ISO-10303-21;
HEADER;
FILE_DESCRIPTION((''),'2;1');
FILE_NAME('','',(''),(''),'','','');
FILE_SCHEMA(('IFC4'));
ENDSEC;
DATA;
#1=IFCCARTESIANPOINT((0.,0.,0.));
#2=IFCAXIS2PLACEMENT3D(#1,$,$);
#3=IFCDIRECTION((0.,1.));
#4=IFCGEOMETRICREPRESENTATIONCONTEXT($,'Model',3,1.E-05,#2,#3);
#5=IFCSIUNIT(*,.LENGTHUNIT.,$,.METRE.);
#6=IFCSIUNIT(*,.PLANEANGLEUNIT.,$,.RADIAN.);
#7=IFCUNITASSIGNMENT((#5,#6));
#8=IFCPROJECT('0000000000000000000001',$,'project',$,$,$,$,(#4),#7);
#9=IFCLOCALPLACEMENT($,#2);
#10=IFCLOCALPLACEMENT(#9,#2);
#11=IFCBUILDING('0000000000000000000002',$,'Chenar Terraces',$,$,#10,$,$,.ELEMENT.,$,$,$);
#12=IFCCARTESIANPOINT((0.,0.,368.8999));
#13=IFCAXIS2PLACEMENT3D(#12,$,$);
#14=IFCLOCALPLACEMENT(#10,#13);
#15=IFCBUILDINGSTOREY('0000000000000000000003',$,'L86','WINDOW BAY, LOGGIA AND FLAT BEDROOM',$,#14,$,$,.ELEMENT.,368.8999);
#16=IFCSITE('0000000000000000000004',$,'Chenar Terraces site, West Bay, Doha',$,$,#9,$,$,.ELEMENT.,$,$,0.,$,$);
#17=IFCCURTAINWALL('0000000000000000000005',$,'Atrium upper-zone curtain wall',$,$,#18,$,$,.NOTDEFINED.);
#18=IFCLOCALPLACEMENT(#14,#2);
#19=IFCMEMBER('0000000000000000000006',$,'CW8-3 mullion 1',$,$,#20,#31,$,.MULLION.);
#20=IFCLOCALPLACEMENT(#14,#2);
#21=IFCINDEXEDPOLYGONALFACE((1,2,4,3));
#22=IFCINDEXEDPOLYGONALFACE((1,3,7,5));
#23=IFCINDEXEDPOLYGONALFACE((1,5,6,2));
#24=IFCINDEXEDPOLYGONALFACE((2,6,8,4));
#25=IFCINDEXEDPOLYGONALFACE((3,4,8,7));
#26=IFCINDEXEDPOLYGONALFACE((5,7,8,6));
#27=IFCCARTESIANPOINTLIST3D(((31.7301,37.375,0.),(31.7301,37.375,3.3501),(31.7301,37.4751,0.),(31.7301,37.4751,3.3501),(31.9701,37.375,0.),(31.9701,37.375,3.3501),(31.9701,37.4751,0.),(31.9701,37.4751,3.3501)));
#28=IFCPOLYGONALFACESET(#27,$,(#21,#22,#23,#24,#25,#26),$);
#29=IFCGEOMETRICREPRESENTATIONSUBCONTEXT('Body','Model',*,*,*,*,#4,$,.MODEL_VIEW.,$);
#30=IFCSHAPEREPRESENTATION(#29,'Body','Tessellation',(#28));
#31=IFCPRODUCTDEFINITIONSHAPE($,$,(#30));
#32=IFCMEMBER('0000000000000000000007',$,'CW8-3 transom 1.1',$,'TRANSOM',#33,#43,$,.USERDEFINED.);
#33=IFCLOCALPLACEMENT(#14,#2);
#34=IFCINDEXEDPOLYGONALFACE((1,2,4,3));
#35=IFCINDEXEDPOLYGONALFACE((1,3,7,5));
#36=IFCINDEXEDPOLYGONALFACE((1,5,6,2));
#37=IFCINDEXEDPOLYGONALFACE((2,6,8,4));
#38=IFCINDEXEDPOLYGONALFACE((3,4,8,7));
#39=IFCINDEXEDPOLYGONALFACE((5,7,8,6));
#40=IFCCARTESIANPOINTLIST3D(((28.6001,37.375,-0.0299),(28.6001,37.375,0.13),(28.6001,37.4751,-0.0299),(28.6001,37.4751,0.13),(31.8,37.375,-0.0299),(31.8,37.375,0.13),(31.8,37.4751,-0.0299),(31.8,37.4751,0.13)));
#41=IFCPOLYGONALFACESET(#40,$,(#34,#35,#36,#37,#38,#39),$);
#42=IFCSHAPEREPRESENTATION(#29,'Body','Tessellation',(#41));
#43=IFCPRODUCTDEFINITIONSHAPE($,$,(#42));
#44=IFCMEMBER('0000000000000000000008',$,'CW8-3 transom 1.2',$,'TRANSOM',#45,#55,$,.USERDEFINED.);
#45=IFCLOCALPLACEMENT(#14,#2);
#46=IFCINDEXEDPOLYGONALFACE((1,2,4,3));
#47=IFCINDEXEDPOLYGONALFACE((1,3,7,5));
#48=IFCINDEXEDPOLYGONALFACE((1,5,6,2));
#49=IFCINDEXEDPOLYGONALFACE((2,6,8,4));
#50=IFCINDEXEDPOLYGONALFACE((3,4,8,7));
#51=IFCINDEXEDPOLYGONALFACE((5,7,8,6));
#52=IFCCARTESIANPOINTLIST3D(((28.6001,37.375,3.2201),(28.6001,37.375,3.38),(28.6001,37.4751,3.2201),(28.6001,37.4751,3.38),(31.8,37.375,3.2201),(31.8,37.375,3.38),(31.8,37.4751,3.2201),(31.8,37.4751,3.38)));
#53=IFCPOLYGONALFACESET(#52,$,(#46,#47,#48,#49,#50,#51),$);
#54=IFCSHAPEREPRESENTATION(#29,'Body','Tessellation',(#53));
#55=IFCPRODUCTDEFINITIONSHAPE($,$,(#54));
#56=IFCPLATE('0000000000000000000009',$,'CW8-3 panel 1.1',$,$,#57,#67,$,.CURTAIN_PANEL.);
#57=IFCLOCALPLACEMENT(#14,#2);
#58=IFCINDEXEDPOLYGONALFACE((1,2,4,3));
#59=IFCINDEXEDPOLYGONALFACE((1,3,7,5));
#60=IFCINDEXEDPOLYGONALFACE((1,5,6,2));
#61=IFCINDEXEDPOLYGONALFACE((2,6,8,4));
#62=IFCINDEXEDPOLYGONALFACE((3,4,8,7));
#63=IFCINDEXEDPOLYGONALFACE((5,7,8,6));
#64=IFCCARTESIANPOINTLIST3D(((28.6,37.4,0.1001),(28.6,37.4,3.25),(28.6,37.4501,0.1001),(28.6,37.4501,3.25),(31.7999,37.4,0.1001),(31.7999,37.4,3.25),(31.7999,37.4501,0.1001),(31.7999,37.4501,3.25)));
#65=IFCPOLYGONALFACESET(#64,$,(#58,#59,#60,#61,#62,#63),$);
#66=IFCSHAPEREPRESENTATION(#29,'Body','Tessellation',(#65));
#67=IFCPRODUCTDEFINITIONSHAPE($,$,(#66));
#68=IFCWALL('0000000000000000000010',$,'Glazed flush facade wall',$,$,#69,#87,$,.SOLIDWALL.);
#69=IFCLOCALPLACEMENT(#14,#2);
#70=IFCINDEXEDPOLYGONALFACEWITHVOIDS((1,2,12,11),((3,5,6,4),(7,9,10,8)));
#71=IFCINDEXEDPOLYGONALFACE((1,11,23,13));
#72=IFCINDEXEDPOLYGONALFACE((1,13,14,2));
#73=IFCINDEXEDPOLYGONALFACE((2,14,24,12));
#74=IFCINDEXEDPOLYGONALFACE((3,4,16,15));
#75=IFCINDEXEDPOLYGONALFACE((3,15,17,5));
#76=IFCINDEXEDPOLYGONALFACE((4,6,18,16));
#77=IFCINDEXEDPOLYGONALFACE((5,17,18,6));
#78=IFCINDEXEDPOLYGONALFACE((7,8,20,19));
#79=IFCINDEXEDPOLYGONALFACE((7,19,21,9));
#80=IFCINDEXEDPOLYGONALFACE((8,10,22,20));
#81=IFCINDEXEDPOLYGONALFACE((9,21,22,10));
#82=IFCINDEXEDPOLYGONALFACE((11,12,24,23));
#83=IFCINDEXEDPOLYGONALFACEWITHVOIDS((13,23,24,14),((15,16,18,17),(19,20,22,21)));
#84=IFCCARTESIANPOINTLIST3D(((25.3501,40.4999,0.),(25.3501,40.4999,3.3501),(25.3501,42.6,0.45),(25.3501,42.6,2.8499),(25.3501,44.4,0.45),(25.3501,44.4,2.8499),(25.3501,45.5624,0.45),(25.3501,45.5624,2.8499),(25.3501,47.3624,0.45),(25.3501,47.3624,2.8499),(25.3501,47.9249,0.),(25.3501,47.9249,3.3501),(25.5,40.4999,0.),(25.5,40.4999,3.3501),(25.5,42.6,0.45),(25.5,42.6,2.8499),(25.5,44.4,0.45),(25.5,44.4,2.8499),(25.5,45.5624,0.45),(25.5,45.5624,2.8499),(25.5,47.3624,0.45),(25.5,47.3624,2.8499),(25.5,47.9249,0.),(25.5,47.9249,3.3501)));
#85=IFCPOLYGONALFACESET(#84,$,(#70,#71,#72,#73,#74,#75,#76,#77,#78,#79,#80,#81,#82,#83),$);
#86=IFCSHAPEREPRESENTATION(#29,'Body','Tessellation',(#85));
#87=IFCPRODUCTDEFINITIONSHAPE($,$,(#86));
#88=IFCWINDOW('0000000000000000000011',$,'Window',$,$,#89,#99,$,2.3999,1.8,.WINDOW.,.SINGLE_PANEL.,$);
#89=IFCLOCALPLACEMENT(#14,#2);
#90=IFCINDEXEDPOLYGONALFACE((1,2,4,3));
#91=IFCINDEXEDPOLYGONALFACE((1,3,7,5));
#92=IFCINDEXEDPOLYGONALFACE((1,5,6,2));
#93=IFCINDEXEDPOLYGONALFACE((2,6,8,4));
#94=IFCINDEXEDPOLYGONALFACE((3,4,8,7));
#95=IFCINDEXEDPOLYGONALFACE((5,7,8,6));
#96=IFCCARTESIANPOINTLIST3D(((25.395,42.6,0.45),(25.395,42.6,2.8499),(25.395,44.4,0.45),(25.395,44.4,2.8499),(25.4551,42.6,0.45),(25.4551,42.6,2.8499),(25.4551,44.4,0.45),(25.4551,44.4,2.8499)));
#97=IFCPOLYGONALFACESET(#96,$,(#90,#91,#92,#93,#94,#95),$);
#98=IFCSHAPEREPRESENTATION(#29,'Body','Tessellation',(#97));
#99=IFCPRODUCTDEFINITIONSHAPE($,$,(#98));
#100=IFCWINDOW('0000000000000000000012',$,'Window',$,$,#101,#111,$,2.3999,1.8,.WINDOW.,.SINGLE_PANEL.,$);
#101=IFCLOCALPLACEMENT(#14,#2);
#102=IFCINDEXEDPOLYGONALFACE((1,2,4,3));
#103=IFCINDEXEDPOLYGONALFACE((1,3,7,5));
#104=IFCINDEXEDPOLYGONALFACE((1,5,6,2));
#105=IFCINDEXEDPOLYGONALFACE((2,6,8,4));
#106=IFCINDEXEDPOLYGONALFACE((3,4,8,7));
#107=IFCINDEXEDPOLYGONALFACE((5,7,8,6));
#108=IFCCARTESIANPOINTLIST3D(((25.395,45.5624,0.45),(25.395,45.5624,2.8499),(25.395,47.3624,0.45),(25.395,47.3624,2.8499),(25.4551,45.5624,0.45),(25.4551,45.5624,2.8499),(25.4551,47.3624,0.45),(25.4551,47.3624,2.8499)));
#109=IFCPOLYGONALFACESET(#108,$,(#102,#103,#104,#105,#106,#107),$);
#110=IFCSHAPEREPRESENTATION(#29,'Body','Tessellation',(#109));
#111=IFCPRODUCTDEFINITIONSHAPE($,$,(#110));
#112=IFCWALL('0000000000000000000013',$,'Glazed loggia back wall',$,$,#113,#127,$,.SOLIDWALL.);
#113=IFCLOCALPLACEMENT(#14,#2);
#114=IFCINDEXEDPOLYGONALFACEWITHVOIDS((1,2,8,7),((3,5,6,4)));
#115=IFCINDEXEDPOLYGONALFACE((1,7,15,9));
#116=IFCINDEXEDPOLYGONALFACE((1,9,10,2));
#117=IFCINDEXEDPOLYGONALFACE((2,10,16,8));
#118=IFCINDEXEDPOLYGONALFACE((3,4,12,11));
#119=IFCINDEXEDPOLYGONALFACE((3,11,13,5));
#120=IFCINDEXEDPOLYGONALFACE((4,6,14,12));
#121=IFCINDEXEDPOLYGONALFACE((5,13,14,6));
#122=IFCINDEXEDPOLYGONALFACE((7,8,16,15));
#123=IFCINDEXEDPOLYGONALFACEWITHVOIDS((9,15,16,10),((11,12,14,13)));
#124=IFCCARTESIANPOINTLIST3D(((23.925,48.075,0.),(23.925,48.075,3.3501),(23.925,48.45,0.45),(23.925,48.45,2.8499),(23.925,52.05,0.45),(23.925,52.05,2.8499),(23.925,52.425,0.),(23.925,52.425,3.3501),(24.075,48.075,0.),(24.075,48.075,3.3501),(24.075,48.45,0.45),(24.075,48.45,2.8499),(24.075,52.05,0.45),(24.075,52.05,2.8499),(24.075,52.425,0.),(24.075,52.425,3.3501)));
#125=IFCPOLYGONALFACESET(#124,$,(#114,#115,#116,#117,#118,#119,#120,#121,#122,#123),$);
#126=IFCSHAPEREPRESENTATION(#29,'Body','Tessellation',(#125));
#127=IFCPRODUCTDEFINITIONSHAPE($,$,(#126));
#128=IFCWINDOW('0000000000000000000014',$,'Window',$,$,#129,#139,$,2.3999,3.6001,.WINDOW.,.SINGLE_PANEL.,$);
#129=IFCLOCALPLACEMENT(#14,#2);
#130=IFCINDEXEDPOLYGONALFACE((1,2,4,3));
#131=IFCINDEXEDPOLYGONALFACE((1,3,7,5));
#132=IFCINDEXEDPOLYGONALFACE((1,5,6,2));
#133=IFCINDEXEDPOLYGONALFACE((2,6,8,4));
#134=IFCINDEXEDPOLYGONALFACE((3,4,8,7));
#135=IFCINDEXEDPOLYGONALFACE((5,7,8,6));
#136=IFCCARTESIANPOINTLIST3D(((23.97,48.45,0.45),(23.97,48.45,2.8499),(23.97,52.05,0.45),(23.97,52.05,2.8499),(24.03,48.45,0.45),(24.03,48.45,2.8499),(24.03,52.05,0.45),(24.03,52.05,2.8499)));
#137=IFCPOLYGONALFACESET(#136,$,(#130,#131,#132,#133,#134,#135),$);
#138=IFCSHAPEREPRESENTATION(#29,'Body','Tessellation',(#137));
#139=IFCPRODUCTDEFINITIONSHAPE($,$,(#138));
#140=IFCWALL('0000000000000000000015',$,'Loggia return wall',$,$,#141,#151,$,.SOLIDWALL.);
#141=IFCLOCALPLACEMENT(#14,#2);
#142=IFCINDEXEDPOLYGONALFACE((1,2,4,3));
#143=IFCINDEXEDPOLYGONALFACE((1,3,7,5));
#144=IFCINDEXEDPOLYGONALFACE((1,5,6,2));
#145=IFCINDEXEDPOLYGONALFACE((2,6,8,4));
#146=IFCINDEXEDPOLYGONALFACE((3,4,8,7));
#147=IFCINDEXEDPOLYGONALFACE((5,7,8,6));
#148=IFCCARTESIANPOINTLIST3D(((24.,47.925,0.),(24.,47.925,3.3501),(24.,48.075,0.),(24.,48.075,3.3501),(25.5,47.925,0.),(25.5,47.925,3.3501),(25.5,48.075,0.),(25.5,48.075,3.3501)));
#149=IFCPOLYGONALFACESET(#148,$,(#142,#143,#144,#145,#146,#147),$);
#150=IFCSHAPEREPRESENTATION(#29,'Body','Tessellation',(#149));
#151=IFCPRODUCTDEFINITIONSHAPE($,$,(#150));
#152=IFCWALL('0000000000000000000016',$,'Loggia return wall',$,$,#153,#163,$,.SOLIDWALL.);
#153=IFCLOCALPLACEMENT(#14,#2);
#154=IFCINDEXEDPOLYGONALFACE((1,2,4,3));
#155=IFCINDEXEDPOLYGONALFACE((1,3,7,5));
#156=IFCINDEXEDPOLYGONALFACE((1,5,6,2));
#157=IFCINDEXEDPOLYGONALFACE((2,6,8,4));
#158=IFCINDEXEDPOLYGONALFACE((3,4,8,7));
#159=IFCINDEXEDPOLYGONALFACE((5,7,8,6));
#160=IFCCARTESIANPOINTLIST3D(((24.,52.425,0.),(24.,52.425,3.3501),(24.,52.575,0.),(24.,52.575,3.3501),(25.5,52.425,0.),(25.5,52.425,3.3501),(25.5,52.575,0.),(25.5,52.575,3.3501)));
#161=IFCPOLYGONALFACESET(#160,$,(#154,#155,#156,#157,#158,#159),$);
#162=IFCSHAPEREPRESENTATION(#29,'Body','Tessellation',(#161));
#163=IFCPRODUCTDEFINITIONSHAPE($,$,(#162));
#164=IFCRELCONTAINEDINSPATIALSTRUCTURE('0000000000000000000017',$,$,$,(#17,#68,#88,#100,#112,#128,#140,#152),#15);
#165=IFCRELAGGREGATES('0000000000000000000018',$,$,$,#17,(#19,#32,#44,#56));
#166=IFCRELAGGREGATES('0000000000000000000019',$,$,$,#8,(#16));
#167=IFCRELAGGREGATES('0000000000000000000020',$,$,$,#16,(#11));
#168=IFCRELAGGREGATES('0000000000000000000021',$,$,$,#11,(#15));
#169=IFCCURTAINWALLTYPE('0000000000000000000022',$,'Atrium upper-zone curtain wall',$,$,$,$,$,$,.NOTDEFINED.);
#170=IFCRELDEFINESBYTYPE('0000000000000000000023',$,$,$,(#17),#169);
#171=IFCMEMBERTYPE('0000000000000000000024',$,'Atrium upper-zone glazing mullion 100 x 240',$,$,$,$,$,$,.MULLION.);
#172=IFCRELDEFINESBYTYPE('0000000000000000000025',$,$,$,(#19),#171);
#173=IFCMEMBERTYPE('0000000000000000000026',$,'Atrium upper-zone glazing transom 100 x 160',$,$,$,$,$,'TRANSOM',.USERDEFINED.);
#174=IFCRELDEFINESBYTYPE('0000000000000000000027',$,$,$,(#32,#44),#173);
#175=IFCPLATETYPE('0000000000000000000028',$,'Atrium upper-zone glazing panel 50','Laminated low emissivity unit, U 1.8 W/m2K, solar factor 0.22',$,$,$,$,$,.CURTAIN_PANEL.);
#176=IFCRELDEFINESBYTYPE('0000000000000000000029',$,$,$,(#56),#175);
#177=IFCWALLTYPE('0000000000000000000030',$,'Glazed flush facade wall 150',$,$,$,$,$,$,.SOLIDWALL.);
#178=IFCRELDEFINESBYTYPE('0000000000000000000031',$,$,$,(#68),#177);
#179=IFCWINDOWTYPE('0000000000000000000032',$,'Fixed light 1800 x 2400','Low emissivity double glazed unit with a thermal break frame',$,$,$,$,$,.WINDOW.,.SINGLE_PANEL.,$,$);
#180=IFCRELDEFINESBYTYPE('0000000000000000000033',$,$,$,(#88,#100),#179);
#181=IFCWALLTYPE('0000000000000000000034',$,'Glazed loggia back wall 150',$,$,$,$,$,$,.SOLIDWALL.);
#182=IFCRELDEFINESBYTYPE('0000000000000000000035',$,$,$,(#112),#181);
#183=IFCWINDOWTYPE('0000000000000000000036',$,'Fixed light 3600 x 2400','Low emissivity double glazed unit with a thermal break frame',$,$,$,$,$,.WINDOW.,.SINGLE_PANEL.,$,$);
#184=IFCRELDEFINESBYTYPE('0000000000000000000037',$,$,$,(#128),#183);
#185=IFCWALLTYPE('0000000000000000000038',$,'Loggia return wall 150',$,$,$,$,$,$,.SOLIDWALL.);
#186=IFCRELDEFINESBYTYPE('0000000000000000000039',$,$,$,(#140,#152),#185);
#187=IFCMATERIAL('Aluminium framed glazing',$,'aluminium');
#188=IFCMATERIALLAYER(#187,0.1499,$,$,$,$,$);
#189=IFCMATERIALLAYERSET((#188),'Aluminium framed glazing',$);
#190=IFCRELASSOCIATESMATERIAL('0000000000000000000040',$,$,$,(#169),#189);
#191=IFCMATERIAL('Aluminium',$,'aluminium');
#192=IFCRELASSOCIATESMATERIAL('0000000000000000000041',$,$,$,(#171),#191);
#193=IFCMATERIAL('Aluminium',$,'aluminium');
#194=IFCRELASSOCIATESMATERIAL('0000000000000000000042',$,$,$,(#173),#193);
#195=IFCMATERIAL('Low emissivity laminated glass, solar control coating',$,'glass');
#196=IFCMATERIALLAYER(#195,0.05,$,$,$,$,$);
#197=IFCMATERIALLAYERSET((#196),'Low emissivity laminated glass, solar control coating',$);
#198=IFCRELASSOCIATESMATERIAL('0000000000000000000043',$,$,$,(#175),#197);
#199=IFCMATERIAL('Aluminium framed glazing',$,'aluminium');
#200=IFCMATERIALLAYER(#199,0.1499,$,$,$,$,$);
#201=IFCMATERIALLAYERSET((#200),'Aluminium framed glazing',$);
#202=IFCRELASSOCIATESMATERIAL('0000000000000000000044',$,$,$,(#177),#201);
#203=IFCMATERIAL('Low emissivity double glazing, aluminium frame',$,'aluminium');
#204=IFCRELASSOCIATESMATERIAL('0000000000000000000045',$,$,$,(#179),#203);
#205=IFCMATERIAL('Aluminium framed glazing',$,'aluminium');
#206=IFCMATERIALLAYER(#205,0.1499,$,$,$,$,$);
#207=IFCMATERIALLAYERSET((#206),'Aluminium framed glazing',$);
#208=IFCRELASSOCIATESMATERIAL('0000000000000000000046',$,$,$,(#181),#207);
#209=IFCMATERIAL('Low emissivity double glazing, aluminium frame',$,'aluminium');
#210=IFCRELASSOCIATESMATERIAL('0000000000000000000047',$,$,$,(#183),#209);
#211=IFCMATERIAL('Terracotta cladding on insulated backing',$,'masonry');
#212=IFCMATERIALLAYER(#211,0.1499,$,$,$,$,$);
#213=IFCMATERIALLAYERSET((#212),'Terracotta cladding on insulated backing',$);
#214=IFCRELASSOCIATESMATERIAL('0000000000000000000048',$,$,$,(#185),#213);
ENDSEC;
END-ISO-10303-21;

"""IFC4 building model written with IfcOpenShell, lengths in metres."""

from ifc_helpers import new_model, si_unit, direction, frame, frame_2d, origin, origin_2d, place, context, subcontext, project, spatial, rectangle, extrude, material, layer, layer_set, material_profile, profile_set, type_object, element, fill, aggregate, save


model = new_model("IFC4")

# Units and contexts
model_context = context("Model", 3, precision=1e-05, world=origin(), true_north=direction((0.0, 1.0)))
body_context = subcontext(model_context, "Body", "Model", "MODEL_VIEW")
ifc_project = project(units=[si_unit("LENGTHUNIT", "METRE"), si_unit("PLANEANGLEUNIT", "RADIAN")], contexts=[model_context])

# Site, building, storey
site_placement = place(None, origin())
site = spatial("IfcSite", under=ifc_project, at=site_placement, Name="Chenar Terraces site, West Bay, Doha", CompositionType="ELEMENT", RefElevation=0.0)
building_placement = place(site_placement, origin())
building = spatial("IfcBuilding", under=site, at=building_placement, Name="Chenar Terraces", CompositionType="ELEMENT")
storey_placement = place(building_placement, frame((0.0, 0.0, 368.8999)))
storey = spatial("IfcBuildingStorey", under=building, at=storey_placement, Name="L86", Description="WINDOW BAY, LOGGIA AND FLAT BEDROOM", CompositionType="ELEMENT", Elevation=368.8999)

# Curtain wall, members, plate
ifc_material_1 = material(Name="Aluminium framed glazing", Category="aluminium")
ifc_layer_1 = layer(ifc_material_1, 0.1499)
ifc_layer_set_1 = layer_set([ifc_layer_1], Name="Aluminium framed glazing")
curtain_wall_type = type_object("IfcCurtainWallType", Name="Atrium upper-zone curtain wall", PredefinedType="NOTDEFINED", material=ifc_layer_set_1)
curtain_wall_placement = place(storey_placement, origin())
curtain_wall = element("IfcCurtainWall", 1, at=curtain_wall_placement, inside=storey, type_object=curtain_wall_type, Name="Atrium upper-zone curtain wall", PredefinedType="NOTDEFINED")
ifc_material_2 = material(Name="Aluminium", Category="aluminium")
ifc_material_profile_1 = material_profile(ifc_material_2, rectangle(XDim=0.1001, YDim=0.24, at=origin_2d()), Name="Atrium upper-zone glazing mullion 100 x 240")
ifc_profile_set_1 = profile_set([ifc_material_profile_1], Name="Aluminium")
member_type_1 = type_object("IfcMemberType", Name="Atrium upper-zone glazing mullion 100 x 240", PredefinedType="MULLION", material=ifc_profile_set_1)
member_1_placement = place(storey_placement, frame((31.8501, 37.425, 0.0), z_axis=(0.0, 0.0, 1.0), x_axis=(0.0, -1.0, 0.0)))
member_1 = element("IfcMember", 2, at=member_1_placement, type_object=member_type_1, Name="CW8-3 mullion 1", PredefinedType="MULLION", context=body_context, shape_type="SweptSolid", body=[
    extrude(rectangle(XDim=0.1001, YDim=0.24, at=origin_2d()), origin(), (0.0, 0.0, 1.0), 3.3501),
])
ifc_material_3 = material(Name="Aluminium", Category="aluminium")
ifc_material_profile_2 = material_profile(ifc_material_3, rectangle(XDim=0.1001, YDim=0.1599, at=origin_2d()), Name="Atrium upper-zone glazing transom 100 x 160")
ifc_profile_set_2 = profile_set([ifc_material_profile_2], Name="Aluminium")
member_type_2 = type_object("IfcMemberType", Name="Atrium upper-zone glazing transom 100 x 160", ElementType="TRANSOM", PredefinedType="USERDEFINED", material=ifc_profile_set_2)
member_2_placement = place(storey_placement, frame((31.8, 37.425, 0.05), z_axis=(-1.0, 0.0, 0.0), x_axis=(0.0, -1.0, 0.0)))
member_2 = element("IfcMember", 3, at=member_2_placement, type_object=member_type_2, Name="CW8-3 transom 1.1", ObjectType="TRANSOM", PredefinedType="USERDEFINED", context=body_context, shape_type="SweptSolid", body=[
    extrude(rectangle(XDim=0.1001, YDim=0.1599, at=origin_2d()), origin(), (0.0, 0.0, 1.0), 3.2),
])
member_3_placement = place(storey_placement, frame((31.8, 37.425, 3.3), z_axis=(-1.0, 0.0, 0.0), x_axis=(0.0, -1.0, 0.0)))
member_3 = element("IfcMember", 4, at=member_3_placement, type_object=member_type_2, Name="CW8-3 transom 1.2", ObjectType="TRANSOM", PredefinedType="USERDEFINED", context=body_context, shape_type="SweptSolid", body=[
    extrude(rectangle(XDim=0.1001, YDim=0.1599, at=origin_2d()), origin(), (0.0, 0.0, 1.0), 3.2),
])
ifc_material_4 = material(Name="Low emissivity laminated glass, solar control coating", Category="glass")
ifc_layer_2 = layer(ifc_material_4, 0.05)
ifc_layer_set_2 = layer_set([ifc_layer_2], Name="Low emissivity laminated glass, solar control coating")
plate_type = type_object("IfcPlateType", Name="Atrium upper-zone glazing panel 50", Description="Laminated low emissivity unit, U 1.8 W/m2K, solar factor 0.22", PredefinedType="CURTAIN_PANEL", material=ifc_layer_set_2)
plate_placement = place(storey_placement, frame((30.2, 37.425, 0.1001), z_axis=(0.0, 0.0, 1.0), x_axis=(-1.0, 0.0, 0.0)))
plate = element("IfcPlate", 5, at=plate_placement, type_object=plate_type, Name="CW8-3 panel 1.1", PredefinedType="CURTAIN_PANEL", context=body_context, shape_type="SweptSolid", body=[
    extrude(rectangle(XDim=3.2, YDim=0.05, at=origin_2d()), origin(), (0.0, 0.0, 1.0), 3.1499),
])
aggregate(curtain_wall, [member_1, member_2, member_3, plate])

# Wall, openings, windows
ifc_material_5 = material(Name="Aluminium framed glazing", Category="aluminium")
ifc_layer_3 = layer(ifc_material_5, 0.1499)
ifc_layer_set_3 = layer_set([ifc_layer_3], Name="Aluminium framed glazing")
wall_type_1 = type_object("IfcWallType", Name="Glazed flush facade wall 150", PredefinedType="SOLIDWALL", material=ifc_layer_set_3)
wall_1_placement = place(storey_placement, frame((25.425, 40.5, 0.0), z_axis=(0.0, 0.0, 1.0), x_axis=(0.0, 1.0, 0.0)))
wall_1 = element("IfcWall", 6, at=wall_1_placement, inside=storey, type_object=wall_type_1, Name="Glazed flush facade wall", PredefinedType="SOLIDWALL", context=body_context, shape_type="SweptSolid", body=[
    extrude(rectangle(XDim=7.425, YDim=0.1499, at=frame_2d((3.7124, 0.0))), origin(), (0.0, 0.0, 1.0), 3.3501),
])
opening_1_placement = place(wall_1_placement, frame((2.1001, 0.0, 0.45)))
opening_1 = element("IfcOpeningElement", 7, at=opening_1_placement, cuts=wall_1, PredefinedType="OPENING", context=body_context, shape_type="SweptSolid", body=[
    extrude(rectangle(XDim=1.8, YDim=2.3999, at=frame_2d((0.8999, 1.2))), frame((0.0, 0.085, 0.0), z_axis=(0.0, -1.0, 0.0), x_axis=(1.0, 0.0, 0.0)), (0.0, 0.0, 1.0), 0.1699),
])
opening_2_placement = place(wall_1_placement, frame((5.0625, 0.0, 0.45)))
opening_2 = element("IfcOpeningElement", 8, at=opening_2_placement, cuts=wall_1, PredefinedType="OPENING", context=body_context, shape_type="SweptSolid", body=[
    extrude(rectangle(XDim=1.8, YDim=2.3999, at=frame_2d((0.8999, 1.2))), frame((0.0, 0.085, 0.0), z_axis=(0.0, -1.0, 0.0), x_axis=(1.0, 0.0, 0.0)), (0.0, 0.0, 1.0), 0.1699),
])
ifc_material_6 = material(Name="Low emissivity double glazing, aluminium frame", Category="aluminium")
window_type_1 = type_object("IfcWindowType", Name="Fixed light 1800 x 2400", Description="Low emissivity double glazed unit with a thermal break frame", PartitioningType="SINGLE_PANEL", PredefinedType="WINDOW", material=ifc_material_6)
window_1_placement = place(opening_1_placement, origin())
window_1 = element("IfcWindow", 9, at=window_1_placement, inside=storey, type_object=window_type_1, Name="Window", OverallHeight=2.3999, OverallWidth=1.8, PartitioningType="SINGLE_PANEL", PredefinedType="WINDOW", context=body_context, shape_type="SweptSolid", body=[
    extrude(rectangle(XDim=1.8, YDim=2.3999, at=frame_2d((0.8999, 1.2))), frame((0.0, 0.03, 0.0), z_axis=(0.0, -1.0, 0.0), x_axis=(1.0, 0.0, 0.0)), (0.0, 0.0, 1.0), 0.0601),
])
fill(opening_1, window_1)
window_2_placement = place(opening_2_placement, origin())
window_2 = element("IfcWindow", 10, at=window_2_placement, inside=storey, type_object=window_type_1, Name="Window", OverallHeight=2.3999, OverallWidth=1.8, PartitioningType="SINGLE_PANEL", PredefinedType="WINDOW", context=body_context, shape_type="SweptSolid", body=[
    extrude(rectangle(XDim=1.8, YDim=2.3999, at=frame_2d((0.8999, 1.2))), frame((0.0, 0.03, 0.0), z_axis=(0.0, -1.0, 0.0), x_axis=(1.0, 0.0, 0.0)), (0.0, 0.0, 1.0), 0.0601),
])
fill(opening_2, window_2)

# Wall, opening, window
ifc_material_7 = material(Name="Aluminium framed glazing", Category="aluminium")
ifc_layer_4 = layer(ifc_material_7, 0.1499)
ifc_layer_set_4 = layer_set([ifc_layer_4], Name="Aluminium framed glazing")
wall_type_2 = type_object("IfcWallType", Name="Glazed loggia back wall 150", PredefinedType="SOLIDWALL", material=ifc_layer_set_4)
wall_2_placement = place(storey_placement, frame((24.0, 48.075, 0.0), z_axis=(0.0, 0.0, 1.0), x_axis=(0.0, 1.0, 0.0)))
wall_2 = element("IfcWall", 11, at=wall_2_placement, inside=storey, type_object=wall_type_2, Name="Glazed loggia back wall", PredefinedType="SOLIDWALL", context=body_context, shape_type="SweptSolid", body=[
    extrude(rectangle(XDim=4.3501, YDim=0.1499, at=frame_2d((2.175, 0.0))), origin(), (0.0, 0.0, 1.0), 3.3501),
])
opening_3_placement = place(wall_2_placement, frame((0.375, 0.0, 0.45)))
opening_3 = element("IfcOpeningElement", 12, at=opening_3_placement, cuts=wall_2, PredefinedType="OPENING", context=body_context, shape_type="SweptSolid", body=[
    extrude(rectangle(XDim=3.6001, YDim=2.3999, at=frame_2d((1.8, 1.2))), frame((0.0, 0.085, 0.0), z_axis=(0.0, -1.0, 0.0), x_axis=(1.0, 0.0, 0.0)), (0.0, 0.0, 1.0), 0.1699),
])
ifc_material_8 = material(Name="Low emissivity double glazing, aluminium frame", Category="aluminium")
window_type_2 = type_object("IfcWindowType", Name="Fixed light 3600 x 2400", Description="Low emissivity double glazed unit with a thermal break frame", PartitioningType="SINGLE_PANEL", PredefinedType="WINDOW", material=ifc_material_8)
window_3_placement = place(opening_3_placement, origin())
window_3 = element("IfcWindow", 13, at=window_3_placement, inside=storey, type_object=window_type_2, Name="Window", OverallHeight=2.3999, OverallWidth=3.6001, PartitioningType="SINGLE_PANEL", PredefinedType="WINDOW", context=body_context, shape_type="SweptSolid", body=[
    extrude(rectangle(XDim=3.6001, YDim=2.3999, at=frame_2d((1.8, 1.2))), frame((0.0, 0.03, 0.0), z_axis=(0.0, -1.0, 0.0), x_axis=(1.0, 0.0, 0.0)), (0.0, 0.0, 1.0), 0.0601),
])
fill(opening_3, window_3)

# Walls
ifc_material_9 = material(Name="Terracotta cladding on insulated backing", Category="masonry")
ifc_layer_5 = layer(ifc_material_9, 0.1499)
ifc_layer_set_5 = layer_set([ifc_layer_5], Name="Terracotta cladding on insulated backing")
wall_type_3 = type_object("IfcWallType", Name="Loggia return wall 150", PredefinedType="SOLIDWALL", material=ifc_layer_set_5)
for number, where, z_axis, x_axis, name in (
    (14, (25.5, 48.0, 0.0), (0.0, 0.0, 1.0), (-1.0, 0.0, 0.0), "Loggia return wall"),
    (15, (25.5, 52.5, 0.0), (0.0, 0.0, 1.0), (-1.0, 0.0, 0.0), "Loggia return wall"),
):
    element("IfcWall", number, at=place(storey_placement, frame(where, z_axis=z_axis, x_axis=x_axis)), inside=storey, type_object=wall_type_3, Name=name, PredefinedType="SOLIDWALL", context=body_context, shape_type="SweptSolid", body=[
        extrude(rectangle(XDim=1.5, YDim=0.1499, at=frame_2d((0.75, 0.0))), origin(), (0.0, 0.0, 1.0), 3.3501),
    ])

save(model, "model.ifc")
